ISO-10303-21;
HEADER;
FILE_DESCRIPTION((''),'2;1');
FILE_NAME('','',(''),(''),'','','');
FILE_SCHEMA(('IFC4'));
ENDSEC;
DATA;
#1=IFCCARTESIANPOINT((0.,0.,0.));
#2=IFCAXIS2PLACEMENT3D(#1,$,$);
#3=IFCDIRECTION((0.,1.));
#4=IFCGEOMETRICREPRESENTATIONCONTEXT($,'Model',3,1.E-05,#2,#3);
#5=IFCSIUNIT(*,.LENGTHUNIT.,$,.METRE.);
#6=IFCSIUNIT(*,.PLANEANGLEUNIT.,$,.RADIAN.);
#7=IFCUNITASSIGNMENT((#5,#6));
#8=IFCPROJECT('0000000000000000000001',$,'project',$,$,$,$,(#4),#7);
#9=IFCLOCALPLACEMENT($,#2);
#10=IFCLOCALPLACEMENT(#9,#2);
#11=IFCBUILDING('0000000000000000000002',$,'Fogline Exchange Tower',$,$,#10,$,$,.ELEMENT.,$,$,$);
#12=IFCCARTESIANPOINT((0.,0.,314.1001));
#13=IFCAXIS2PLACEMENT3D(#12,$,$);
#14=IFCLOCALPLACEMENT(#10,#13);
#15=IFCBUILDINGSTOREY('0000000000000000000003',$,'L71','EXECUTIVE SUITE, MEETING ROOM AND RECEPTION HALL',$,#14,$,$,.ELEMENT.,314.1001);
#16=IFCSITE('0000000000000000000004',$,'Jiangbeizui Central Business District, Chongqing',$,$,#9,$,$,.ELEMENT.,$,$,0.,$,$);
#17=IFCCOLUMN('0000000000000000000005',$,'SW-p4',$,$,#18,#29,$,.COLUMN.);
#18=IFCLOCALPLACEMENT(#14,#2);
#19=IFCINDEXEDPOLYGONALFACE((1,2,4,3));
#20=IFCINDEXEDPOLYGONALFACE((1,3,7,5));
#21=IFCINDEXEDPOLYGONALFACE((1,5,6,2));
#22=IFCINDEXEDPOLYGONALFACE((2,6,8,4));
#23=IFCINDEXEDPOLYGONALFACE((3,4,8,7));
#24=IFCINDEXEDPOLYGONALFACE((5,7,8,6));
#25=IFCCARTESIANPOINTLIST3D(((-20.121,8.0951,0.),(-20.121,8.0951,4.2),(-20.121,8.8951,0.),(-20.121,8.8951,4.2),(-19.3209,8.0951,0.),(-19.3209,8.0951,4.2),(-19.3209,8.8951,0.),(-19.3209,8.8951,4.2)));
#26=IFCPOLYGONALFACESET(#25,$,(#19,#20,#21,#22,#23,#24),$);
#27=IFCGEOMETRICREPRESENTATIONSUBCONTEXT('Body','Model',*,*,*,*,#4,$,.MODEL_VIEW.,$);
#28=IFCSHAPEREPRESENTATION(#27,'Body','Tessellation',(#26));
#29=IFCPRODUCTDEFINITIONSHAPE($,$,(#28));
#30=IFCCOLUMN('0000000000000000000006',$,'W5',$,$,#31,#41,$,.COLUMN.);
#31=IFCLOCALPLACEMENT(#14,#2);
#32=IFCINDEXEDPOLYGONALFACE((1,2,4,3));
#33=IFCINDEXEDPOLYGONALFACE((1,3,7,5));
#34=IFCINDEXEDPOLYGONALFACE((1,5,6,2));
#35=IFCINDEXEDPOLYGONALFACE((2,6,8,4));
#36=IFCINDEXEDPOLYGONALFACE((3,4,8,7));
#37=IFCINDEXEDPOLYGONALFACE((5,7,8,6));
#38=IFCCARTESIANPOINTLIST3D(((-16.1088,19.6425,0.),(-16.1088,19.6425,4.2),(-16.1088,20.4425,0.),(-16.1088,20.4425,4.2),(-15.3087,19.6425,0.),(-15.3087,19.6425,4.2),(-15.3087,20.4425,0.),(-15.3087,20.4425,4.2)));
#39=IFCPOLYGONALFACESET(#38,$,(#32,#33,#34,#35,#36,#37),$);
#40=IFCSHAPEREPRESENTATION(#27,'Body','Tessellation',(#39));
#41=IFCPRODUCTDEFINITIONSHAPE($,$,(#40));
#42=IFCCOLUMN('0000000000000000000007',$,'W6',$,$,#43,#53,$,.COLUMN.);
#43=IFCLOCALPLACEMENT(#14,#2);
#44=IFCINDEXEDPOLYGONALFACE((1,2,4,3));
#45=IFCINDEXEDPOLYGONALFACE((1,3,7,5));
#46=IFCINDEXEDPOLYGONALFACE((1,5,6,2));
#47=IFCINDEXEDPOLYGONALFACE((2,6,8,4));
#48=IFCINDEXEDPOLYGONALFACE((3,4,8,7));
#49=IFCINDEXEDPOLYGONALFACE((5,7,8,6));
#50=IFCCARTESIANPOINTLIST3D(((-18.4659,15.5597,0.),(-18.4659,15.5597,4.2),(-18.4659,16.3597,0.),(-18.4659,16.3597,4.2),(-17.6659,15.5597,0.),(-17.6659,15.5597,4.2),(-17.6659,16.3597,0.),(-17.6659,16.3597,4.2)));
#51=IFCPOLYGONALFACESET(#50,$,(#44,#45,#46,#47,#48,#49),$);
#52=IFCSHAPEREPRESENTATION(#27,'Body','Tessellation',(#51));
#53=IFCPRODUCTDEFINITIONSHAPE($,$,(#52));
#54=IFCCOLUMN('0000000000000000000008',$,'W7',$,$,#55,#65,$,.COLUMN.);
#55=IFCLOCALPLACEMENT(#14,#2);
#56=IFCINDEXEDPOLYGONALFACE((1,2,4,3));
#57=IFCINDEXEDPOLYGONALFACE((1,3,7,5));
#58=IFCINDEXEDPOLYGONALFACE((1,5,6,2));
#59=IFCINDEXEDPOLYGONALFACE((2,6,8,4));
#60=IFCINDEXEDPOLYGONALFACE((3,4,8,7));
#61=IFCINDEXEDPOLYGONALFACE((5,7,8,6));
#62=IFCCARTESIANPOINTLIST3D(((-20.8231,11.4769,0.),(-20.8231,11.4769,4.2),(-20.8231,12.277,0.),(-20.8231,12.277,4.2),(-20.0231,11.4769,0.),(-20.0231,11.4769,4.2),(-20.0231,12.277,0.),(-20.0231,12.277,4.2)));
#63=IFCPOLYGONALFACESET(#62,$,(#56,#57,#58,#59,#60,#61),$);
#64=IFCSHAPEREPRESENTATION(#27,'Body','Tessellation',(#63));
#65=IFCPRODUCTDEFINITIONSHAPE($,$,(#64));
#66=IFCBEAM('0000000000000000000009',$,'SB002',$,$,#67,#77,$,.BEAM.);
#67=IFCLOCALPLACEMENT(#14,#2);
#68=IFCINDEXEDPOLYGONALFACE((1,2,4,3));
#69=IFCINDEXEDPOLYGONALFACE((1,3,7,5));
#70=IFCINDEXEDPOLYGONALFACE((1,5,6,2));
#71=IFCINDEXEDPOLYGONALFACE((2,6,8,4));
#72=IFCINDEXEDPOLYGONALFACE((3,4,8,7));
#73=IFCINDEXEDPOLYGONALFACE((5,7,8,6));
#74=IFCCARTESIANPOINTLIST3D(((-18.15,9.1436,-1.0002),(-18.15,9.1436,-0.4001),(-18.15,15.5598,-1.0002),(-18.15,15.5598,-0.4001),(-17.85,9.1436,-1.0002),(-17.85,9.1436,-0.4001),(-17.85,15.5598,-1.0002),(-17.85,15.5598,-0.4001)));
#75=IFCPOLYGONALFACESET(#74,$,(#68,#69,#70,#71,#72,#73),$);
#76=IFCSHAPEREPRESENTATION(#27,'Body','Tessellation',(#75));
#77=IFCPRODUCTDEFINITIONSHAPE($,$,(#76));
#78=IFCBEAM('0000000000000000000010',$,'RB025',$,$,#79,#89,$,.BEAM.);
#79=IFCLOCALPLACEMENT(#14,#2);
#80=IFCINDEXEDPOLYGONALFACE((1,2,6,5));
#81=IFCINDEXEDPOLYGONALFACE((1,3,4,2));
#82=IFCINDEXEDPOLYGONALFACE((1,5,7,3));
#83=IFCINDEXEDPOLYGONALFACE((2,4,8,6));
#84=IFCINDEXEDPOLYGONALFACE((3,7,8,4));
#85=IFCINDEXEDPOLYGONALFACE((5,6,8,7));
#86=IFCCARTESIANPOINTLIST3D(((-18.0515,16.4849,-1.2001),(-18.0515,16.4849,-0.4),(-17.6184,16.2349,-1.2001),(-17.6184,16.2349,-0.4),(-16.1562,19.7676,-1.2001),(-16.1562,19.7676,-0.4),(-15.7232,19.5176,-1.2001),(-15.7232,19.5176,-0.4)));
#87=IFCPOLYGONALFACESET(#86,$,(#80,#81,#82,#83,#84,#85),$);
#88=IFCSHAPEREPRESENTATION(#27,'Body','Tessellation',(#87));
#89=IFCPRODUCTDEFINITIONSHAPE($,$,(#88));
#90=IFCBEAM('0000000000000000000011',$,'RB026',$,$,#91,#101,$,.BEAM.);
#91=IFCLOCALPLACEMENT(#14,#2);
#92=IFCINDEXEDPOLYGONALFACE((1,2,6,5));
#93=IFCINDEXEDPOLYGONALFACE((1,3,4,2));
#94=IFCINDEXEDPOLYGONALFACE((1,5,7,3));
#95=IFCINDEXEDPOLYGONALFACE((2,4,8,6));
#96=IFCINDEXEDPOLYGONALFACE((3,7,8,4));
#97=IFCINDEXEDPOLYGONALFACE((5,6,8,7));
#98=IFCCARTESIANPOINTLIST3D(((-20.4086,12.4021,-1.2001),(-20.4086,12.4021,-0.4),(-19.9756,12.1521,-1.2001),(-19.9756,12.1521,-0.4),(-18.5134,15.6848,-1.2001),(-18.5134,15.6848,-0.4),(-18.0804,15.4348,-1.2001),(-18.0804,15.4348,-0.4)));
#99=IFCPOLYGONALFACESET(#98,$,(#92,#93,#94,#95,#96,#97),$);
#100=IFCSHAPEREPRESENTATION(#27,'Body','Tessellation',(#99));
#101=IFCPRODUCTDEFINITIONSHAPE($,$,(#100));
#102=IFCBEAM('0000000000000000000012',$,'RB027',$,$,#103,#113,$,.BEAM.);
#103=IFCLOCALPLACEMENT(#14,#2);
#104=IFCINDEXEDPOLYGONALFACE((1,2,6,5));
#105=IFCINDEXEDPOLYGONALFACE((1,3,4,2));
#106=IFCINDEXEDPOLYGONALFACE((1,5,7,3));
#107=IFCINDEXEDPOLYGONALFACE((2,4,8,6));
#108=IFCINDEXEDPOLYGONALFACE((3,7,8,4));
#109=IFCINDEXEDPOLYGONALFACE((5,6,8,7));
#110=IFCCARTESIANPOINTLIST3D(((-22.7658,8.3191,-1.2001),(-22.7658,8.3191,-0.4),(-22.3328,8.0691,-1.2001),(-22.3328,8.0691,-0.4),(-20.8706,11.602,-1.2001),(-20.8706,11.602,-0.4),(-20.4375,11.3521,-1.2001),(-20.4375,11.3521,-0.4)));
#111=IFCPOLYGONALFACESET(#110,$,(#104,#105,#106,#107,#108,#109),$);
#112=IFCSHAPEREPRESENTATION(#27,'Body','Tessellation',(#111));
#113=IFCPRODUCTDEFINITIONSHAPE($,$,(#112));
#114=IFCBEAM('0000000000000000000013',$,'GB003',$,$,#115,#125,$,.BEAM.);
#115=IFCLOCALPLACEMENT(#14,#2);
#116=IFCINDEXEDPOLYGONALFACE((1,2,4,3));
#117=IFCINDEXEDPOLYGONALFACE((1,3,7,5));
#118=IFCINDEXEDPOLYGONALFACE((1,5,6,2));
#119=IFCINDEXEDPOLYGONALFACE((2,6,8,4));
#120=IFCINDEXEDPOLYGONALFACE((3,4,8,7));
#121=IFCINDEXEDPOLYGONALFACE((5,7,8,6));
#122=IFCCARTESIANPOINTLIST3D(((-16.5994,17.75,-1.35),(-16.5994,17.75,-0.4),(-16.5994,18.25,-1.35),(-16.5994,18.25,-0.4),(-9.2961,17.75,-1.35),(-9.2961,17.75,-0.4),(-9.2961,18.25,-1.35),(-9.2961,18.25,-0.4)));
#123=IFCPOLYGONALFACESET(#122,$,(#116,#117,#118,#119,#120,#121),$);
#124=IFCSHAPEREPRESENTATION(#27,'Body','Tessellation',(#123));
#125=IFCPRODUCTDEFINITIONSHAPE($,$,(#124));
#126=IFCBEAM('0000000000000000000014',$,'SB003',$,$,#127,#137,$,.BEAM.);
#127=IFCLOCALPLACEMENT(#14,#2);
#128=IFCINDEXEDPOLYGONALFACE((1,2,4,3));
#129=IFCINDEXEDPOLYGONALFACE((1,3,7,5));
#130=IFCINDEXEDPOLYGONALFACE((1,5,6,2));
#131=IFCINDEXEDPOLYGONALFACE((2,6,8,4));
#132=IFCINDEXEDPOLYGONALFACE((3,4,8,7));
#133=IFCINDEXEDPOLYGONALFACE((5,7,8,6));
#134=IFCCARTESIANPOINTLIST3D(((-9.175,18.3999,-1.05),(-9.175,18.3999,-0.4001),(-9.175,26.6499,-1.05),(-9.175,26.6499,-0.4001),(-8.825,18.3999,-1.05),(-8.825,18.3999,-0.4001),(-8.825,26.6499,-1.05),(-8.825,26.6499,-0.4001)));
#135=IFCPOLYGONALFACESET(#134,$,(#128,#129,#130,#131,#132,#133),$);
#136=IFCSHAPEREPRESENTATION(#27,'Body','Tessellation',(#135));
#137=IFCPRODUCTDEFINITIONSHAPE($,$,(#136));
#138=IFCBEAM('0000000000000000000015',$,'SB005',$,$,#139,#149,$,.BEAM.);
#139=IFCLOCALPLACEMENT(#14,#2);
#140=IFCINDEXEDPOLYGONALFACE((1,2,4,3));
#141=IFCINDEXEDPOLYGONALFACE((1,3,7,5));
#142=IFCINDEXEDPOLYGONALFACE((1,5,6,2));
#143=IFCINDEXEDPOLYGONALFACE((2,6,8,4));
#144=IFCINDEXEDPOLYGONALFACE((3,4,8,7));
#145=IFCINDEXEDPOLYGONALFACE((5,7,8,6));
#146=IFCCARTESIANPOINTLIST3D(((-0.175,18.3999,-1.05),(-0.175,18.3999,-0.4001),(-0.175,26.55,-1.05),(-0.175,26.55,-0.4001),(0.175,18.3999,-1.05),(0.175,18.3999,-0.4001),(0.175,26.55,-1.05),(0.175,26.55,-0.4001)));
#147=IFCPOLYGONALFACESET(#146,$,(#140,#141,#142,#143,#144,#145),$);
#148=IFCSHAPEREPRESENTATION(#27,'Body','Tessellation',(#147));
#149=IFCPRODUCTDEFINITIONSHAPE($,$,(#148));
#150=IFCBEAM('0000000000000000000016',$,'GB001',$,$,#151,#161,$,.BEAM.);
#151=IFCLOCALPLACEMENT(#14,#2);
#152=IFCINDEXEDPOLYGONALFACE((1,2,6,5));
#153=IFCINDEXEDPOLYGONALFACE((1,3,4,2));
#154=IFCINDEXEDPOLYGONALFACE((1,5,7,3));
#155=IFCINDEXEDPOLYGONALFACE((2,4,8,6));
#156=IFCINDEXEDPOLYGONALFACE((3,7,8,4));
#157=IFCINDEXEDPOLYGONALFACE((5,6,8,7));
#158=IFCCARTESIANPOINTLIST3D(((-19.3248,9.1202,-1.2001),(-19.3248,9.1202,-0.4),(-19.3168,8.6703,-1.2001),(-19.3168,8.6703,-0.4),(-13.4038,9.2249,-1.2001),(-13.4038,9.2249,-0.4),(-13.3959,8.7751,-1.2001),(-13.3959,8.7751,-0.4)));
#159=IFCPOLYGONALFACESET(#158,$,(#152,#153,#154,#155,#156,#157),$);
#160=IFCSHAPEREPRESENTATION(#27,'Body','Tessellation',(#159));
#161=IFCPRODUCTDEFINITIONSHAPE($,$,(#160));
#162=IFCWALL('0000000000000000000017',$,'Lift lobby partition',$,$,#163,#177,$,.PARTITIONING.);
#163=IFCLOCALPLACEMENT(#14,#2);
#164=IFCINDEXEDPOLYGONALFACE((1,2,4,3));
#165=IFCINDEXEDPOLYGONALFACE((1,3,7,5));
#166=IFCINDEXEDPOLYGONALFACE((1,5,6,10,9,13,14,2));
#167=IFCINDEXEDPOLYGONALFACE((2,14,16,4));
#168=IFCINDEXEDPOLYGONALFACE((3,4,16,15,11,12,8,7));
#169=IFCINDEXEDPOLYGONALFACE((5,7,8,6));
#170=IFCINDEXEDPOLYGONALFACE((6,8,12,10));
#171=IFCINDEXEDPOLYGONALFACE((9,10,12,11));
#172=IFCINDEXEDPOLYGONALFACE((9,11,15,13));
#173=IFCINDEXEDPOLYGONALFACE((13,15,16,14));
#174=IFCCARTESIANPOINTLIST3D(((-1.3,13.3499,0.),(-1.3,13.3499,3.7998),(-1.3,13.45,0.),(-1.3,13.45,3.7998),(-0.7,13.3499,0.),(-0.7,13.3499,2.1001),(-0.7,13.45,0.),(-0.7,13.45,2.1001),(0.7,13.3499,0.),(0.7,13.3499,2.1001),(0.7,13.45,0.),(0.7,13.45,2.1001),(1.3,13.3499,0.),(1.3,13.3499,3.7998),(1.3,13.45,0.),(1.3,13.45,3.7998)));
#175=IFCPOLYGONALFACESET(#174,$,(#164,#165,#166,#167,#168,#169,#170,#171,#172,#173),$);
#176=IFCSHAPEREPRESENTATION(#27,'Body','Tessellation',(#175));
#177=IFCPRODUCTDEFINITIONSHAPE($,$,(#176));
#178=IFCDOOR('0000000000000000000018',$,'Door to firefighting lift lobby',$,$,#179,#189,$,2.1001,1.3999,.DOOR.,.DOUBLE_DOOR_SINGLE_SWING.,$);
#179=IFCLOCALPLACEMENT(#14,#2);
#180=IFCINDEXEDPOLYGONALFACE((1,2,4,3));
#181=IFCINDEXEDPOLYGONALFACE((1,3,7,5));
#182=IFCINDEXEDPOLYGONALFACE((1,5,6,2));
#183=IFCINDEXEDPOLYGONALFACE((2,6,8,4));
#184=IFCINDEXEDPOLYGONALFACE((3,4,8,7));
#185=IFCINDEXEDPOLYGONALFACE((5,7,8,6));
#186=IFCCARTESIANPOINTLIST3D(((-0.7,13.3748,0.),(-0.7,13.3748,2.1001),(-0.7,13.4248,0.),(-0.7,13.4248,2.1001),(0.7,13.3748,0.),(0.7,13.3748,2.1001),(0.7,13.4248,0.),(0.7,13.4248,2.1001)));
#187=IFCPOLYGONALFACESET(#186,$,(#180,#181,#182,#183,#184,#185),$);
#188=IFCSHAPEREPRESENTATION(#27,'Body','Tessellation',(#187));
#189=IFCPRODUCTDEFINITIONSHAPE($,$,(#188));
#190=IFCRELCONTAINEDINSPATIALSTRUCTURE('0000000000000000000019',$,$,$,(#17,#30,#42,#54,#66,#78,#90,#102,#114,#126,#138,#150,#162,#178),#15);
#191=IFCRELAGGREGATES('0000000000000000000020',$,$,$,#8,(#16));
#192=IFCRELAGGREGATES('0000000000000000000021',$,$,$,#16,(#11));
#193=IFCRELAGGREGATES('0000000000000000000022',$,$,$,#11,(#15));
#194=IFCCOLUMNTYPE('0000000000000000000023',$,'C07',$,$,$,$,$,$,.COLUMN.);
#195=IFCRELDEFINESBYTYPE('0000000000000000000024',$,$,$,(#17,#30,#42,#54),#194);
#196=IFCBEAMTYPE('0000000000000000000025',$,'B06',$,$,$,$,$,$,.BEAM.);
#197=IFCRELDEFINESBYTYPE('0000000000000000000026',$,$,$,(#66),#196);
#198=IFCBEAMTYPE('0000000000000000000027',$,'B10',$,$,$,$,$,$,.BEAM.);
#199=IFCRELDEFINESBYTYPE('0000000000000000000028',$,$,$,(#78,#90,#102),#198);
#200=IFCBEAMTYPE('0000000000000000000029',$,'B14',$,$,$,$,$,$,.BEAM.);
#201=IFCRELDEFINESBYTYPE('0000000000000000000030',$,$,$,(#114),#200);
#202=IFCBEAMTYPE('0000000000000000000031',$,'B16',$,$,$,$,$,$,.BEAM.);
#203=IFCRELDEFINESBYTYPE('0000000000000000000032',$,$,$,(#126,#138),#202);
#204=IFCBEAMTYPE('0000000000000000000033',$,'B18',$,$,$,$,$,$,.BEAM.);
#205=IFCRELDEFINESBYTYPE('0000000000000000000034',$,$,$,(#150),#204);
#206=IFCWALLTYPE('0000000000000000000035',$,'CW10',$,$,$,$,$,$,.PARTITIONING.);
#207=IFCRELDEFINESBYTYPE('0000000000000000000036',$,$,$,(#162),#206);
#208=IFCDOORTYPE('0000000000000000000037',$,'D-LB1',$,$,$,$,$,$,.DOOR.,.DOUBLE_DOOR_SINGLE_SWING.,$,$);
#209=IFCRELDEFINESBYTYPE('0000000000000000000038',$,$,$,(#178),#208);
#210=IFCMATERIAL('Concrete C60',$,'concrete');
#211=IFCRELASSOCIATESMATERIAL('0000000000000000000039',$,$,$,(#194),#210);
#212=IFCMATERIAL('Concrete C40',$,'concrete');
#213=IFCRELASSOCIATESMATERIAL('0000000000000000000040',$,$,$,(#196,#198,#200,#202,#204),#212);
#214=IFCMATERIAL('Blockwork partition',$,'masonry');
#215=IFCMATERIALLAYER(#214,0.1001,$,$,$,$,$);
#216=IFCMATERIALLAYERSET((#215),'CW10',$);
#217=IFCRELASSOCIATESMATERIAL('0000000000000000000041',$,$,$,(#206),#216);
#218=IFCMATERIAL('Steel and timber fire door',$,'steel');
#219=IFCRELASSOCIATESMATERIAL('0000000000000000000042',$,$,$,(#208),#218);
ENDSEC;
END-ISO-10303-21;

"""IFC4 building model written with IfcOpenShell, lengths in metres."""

from ifc_helpers import new_model, si_unit, direction, frame, frame_2d, origin, origin_2d, place, context, subcontext, project, spatial, rectangle, extrude, material, layer, layer_set, material_profile, profile_set, type_object, element, fill, save


model = new_model("IFC4")

# Units and contexts
model_context = context("Model", 3, precision=1e-05, world=origin(), true_north=direction((0.0, 1.0)))
body_context = subcontext(model_context, "Body", "Model", "MODEL_VIEW")
ifc_project = project(units=[si_unit("LENGTHUNIT", "METRE"), si_unit("PLANEANGLEUNIT", "RADIAN")], contexts=[model_context])

# Site, building, storey
site_placement = place(None, origin())
site = spatial("IfcSite", under=ifc_project, at=site_placement, Name="Jiangbeizui Central Business District, Chongqing", CompositionType="ELEMENT", RefElevation=0.0)
building_placement = place(site_placement, origin())
building = spatial("IfcBuilding", under=site, at=building_placement, Name="Fogline Exchange Tower", CompositionType="ELEMENT")
storey_placement = place(building_placement, frame((0.0, 0.0, 314.1001)))
storey = spatial("IfcBuildingStorey", under=building, at=storey_placement, Name="L71", Description="EXECUTIVE SUITE, MEETING ROOM AND RECEPTION HALL", CompositionType="ELEMENT", Elevation=314.1001)

# Columns
ifc_material_1 = material(Name="Concrete C60", Category="concrete")
ifc_material_profile_1 = material_profile(ifc_material_1, rectangle(XDim=0.8, YDim=0.8, at=origin_2d()), Name="RC 800x800")
ifc_profile_set_1 = profile_set([ifc_material_profile_1], Name="Concrete C60")
column_type = type_object("IfcColumnType", Name="C07", PredefinedType="COLUMN", material=ifc_profile_set_1)
for number, where, z_axis, x_axis, name in (
    (1, (-19.7209, 8.4951, 0.0), (0.0, 0.0, 1.0), (1.0, 0.0, 0.0), "SW-p4"),
    (2, (-15.7087, 20.0425, 0.0), (0.0, 0.0, 1.0), (1.0, 0.0, 0.0), "W5"),
    (3, (-18.0659, 15.9597, 0.0), (0.0, 0.0, 1.0), (1.0, 0.0, 0.0), "W6"),
    (4, (-20.4231, 11.877, 0.0), (0.0, 0.0, 1.0), (1.0, 0.0, 0.0), "W7"),
):
    element("IfcColumn", number, at=place(storey_placement, frame(where, z_axis=z_axis, x_axis=x_axis)), inside=storey, type_object=column_type, Name=name, PredefinedType="COLUMN", context=body_context, shape_type="SweptSolid", body=[
        extrude(rectangle(XDim=0.8, YDim=0.8, at=origin_2d()), origin(), (0.0, 0.0, 1.0), 4.2),
    ])

# Beams
ifc_material_2 = material(Name="Concrete C40", Category="concrete")
ifc_material_profile_2 = material_profile(ifc_material_2, rectangle(XDim=0.3, YDim=0.6001, at=origin_2d()), Name="RC 300x600")
ifc_profile_set_2 = profile_set([ifc_material_profile_2], Name="Concrete C40")
beam_type_1 = type_object("IfcBeamType", Name="B06", PredefinedType="BEAM", material=ifc_profile_set_2)
beam_1_placement = place(storey_placement, frame((-18.0, 9.1436, -0.7002), z_axis=(0.0, 1.0, 0.0), x_axis=(-1.0, 0.0, 0.0)))
element("IfcBeam", 5, at=beam_1_placement, inside=storey, type_object=beam_type_1, Name="SB002", PredefinedType="BEAM", context=body_context, shape_type="SweptSolid", body=[
    extrude(rectangle(XDim=0.3, YDim=0.6001, at=origin_2d()), origin(), (0.0, 0.0, 1.0), 6.4163),
])
ifc_material_profile_3 = material_profile(ifc_material_2, rectangle(XDim=0.5, YDim=0.8, at=origin_2d()), Name="RC 500x800")
ifc_profile_set_3 = profile_set([ifc_material_profile_3], Name="Concrete C40")
beam_type_2 = type_object("IfcBeamType", Name="B10", PredefinedType="BEAM", material=ifc_profile_set_3)
for number, where, z_axis, x_axis, name in (
    (6, (-15.9397, 19.6426, -0.8), (-0.499998, -0.866027, 0.0), (0.866027, -0.499998, 0.0), "RB025"),
    (7, (-18.2969, 15.5598, -0.8), (-0.499998, -0.866027, 0.0), (0.866027, -0.499998, 0.0), "RB026"),
):
    element("IfcBeam", number, at=place(storey_placement, frame(where, z_axis=z_axis, x_axis=x_axis)), inside=storey, type_object=beam_type_2, Name=name, PredefinedType="BEAM", context=body_context, shape_type="SweptSolid", body=[
        extrude(rectangle(XDim=0.5, YDim=0.8, at=origin_2d()), origin(), (0.0, 0.0, 1.0), 3.7905),
    ])
beam_2_placement = place(storey_placement, frame((-20.6541, 11.4771, -0.8), z_axis=(-0.49997, -0.866043, 0.0), x_axis=(0.866043, -0.49997, 0.0)))
element("IfcBeam", 8, at=beam_2_placement, inside=storey, type_object=beam_type_2, Name="RB027", PredefinedType="BEAM", context=body_context, shape_type="SweptSolid", body=[
    extrude(rectangle(XDim=0.5, YDim=0.8, at=origin_2d()), origin(), (0.0, 0.0, 1.0), 3.7908),
])
ifc_material_profile_4 = material_profile(ifc_material_2, rectangle(XDim=0.5, YDim=0.95, at=origin_2d()), Name="RC 500x950")
ifc_profile_set_4 = profile_set([ifc_material_profile_4], Name="Concrete C40")
beam_type_3 = type_object("IfcBeamType", Name="B14", PredefinedType="BEAM", material=ifc_profile_set_4)
beam_3_placement = place(storey_placement, frame((-16.5994, 18.0, -0.875), z_axis=(1.0, 0.0, 0.0), x_axis=(0.0, 1.0, 0.0)))
element("IfcBeam", 9, at=beam_3_placement, inside=storey, type_object=beam_type_3, Name="GB003", PredefinedType="BEAM", context=body_context, shape_type="SweptSolid", body=[
    extrude(rectangle(XDim=0.5, YDim=0.95, at=origin_2d()), origin(), (0.0, 0.0, 1.0), 7.3032),
])
ifc_material_profile_5 = material_profile(ifc_material_2, rectangle(XDim=0.3501, YDim=0.6499, at=origin_2d()), Name="RC 350x650")
ifc_profile_set_5 = profile_set([ifc_material_profile_5], Name="Concrete C40")
beam_type_4 = type_object("IfcBeamType", Name="B16", PredefinedType="BEAM", material=ifc_profile_set_5)
beam_4_placement = place(storey_placement, frame((-9.0, 18.3999, -0.7251), z_axis=(0.0, 1.0, 0.0), x_axis=(-1.0, 0.0, 0.0)))
element("IfcBeam", 10, at=beam_4_placement, inside=storey, type_object=beam_type_4, Name="SB003", PredefinedType="BEAM", context=body_context, shape_type="SweptSolid", body=[
    extrude(rectangle(XDim=0.3501, YDim=0.6499, at=origin_2d()), origin(), (0.0, 0.0, 1.0), 8.25),
])
beam_5_placement = place(storey_placement, frame((0.0, 18.3999, -0.7251), z_axis=(0.0, 1.0, 0.0), x_axis=(-1.0, 0.0, 0.0)))
element("IfcBeam", 11, at=beam_5_placement, inside=storey, type_object=beam_type_4, Name="SB005", PredefinedType="BEAM", context=body_context, shape_type="SweptSolid", body=[
    extrude(rectangle(XDim=0.3501, YDim=0.6499, at=origin_2d()), origin(), (0.0, 0.0, 1.0), 8.1501),
])
ifc_material_profile_6 = material_profile(ifc_material_2, rectangle(XDim=0.45, YDim=0.8, at=origin_2d()), Name="RC 450x800")
ifc_profile_set_6 = profile_set([ifc_material_profile_6], Name="Concrete C40")
beam_type_5 = type_object("IfcBeamType", Name="B18", PredefinedType="BEAM", material=ifc_profile_set_6)
beam_6_placement = place(storey_placement, frame((-19.3208, 8.8953, -0.8), z_axis=(0.999844, 0.017686, 0.0), x_axis=(-0.017686, 0.999844, 0.0)))
element("IfcBeam", 12, at=beam_6_placement, inside=storey, type_object=beam_type_5, Name="GB001", PredefinedType="BEAM", context=body_context, shape_type="SweptSolid", body=[
    extrude(rectangle(XDim=0.45, YDim=0.8, at=origin_2d()), origin(), (0.0, 0.0, 1.0), 5.9219),
])

# Wall, opening, door
ifc_material_3 = material(Name="Blockwork partition", Category="masonry")
ifc_layer_1 = layer(ifc_material_3, 0.1001)
ifc_layer_set_1 = layer_set([ifc_layer_1], Name="CW10")
wall_type_1 = type_object("IfcWallType", Name="CW10", PredefinedType="PARTITIONING", material=ifc_layer_set_1)
wall_1_placement = place(storey_placement, frame((-1.3, 13.3999, 0.0), z_axis=(0.0, 0.0, 1.0), x_axis=(1.0, 0.0, 0.0)))
wall_1 = element("IfcWall", 13, at=wall_1_placement, inside=storey, type_object=wall_type_1, Name="Lift lobby partition", PredefinedType="PARTITIONING", context=body_context, shape_type="SweptSolid", body=[
    extrude(rectangle(XDim=2.6001, YDim=0.1001, at=frame_2d((1.3, 0.0))), origin(), (0.0, 0.0, 1.0), 3.7998),
])
opening_1_placement = place(wall_1_placement, frame((0.6001, 0.0, 0.0)))
opening_1 = element("IfcOpeningElement", 14, at=opening_1_placement, cuts=wall_1, PredefinedType="OPENING", context=body_context, shape_type="SweptSolid", body=[
    extrude(rectangle(XDim=1.3999, YDim=2.1001, at=frame_2d((0.7, 1.05))), frame((0.0, 0.0601, 0.0), z_axis=(0.0, -1.0, 0.0), x_axis=(1.0, 0.0, 0.0)), (0.0, 0.0, 1.0), 0.1201),
])
ifc_material_4 = material(Name="Steel and timber fire door", Category="steel")
door_type_1 = type_object("IfcDoorType", Name="D-LB1", OperationType="DOUBLE_DOOR_SINGLE_SWING", PredefinedType="DOOR", material=ifc_material_4)
door_1_placement = place(opening_1_placement, origin())
door_1 = element("IfcDoor", 15, at=door_1_placement, inside=storey, type_object=door_type_1, Name="Door to firefighting lift lobby", OperationType="DOUBLE_DOOR_SINGLE_SWING", OverallHeight=2.1001, OverallWidth=1.3999, PredefinedType="DOOR", context=body_context, shape_type="SweptSolid", body=[
    extrude(rectangle(XDim=1.3999, YDim=2.1001, at=frame_2d((0.7, 1.05))), frame((0.0, 0.0249, 0.0), z_axis=(0.0, -1.0, 0.0), x_axis=(1.0, 0.0, 0.0)), (0.0, 0.0, 1.0), 0.05),
])
fill(opening_1, door_1)

save(model, "model.ifc")
